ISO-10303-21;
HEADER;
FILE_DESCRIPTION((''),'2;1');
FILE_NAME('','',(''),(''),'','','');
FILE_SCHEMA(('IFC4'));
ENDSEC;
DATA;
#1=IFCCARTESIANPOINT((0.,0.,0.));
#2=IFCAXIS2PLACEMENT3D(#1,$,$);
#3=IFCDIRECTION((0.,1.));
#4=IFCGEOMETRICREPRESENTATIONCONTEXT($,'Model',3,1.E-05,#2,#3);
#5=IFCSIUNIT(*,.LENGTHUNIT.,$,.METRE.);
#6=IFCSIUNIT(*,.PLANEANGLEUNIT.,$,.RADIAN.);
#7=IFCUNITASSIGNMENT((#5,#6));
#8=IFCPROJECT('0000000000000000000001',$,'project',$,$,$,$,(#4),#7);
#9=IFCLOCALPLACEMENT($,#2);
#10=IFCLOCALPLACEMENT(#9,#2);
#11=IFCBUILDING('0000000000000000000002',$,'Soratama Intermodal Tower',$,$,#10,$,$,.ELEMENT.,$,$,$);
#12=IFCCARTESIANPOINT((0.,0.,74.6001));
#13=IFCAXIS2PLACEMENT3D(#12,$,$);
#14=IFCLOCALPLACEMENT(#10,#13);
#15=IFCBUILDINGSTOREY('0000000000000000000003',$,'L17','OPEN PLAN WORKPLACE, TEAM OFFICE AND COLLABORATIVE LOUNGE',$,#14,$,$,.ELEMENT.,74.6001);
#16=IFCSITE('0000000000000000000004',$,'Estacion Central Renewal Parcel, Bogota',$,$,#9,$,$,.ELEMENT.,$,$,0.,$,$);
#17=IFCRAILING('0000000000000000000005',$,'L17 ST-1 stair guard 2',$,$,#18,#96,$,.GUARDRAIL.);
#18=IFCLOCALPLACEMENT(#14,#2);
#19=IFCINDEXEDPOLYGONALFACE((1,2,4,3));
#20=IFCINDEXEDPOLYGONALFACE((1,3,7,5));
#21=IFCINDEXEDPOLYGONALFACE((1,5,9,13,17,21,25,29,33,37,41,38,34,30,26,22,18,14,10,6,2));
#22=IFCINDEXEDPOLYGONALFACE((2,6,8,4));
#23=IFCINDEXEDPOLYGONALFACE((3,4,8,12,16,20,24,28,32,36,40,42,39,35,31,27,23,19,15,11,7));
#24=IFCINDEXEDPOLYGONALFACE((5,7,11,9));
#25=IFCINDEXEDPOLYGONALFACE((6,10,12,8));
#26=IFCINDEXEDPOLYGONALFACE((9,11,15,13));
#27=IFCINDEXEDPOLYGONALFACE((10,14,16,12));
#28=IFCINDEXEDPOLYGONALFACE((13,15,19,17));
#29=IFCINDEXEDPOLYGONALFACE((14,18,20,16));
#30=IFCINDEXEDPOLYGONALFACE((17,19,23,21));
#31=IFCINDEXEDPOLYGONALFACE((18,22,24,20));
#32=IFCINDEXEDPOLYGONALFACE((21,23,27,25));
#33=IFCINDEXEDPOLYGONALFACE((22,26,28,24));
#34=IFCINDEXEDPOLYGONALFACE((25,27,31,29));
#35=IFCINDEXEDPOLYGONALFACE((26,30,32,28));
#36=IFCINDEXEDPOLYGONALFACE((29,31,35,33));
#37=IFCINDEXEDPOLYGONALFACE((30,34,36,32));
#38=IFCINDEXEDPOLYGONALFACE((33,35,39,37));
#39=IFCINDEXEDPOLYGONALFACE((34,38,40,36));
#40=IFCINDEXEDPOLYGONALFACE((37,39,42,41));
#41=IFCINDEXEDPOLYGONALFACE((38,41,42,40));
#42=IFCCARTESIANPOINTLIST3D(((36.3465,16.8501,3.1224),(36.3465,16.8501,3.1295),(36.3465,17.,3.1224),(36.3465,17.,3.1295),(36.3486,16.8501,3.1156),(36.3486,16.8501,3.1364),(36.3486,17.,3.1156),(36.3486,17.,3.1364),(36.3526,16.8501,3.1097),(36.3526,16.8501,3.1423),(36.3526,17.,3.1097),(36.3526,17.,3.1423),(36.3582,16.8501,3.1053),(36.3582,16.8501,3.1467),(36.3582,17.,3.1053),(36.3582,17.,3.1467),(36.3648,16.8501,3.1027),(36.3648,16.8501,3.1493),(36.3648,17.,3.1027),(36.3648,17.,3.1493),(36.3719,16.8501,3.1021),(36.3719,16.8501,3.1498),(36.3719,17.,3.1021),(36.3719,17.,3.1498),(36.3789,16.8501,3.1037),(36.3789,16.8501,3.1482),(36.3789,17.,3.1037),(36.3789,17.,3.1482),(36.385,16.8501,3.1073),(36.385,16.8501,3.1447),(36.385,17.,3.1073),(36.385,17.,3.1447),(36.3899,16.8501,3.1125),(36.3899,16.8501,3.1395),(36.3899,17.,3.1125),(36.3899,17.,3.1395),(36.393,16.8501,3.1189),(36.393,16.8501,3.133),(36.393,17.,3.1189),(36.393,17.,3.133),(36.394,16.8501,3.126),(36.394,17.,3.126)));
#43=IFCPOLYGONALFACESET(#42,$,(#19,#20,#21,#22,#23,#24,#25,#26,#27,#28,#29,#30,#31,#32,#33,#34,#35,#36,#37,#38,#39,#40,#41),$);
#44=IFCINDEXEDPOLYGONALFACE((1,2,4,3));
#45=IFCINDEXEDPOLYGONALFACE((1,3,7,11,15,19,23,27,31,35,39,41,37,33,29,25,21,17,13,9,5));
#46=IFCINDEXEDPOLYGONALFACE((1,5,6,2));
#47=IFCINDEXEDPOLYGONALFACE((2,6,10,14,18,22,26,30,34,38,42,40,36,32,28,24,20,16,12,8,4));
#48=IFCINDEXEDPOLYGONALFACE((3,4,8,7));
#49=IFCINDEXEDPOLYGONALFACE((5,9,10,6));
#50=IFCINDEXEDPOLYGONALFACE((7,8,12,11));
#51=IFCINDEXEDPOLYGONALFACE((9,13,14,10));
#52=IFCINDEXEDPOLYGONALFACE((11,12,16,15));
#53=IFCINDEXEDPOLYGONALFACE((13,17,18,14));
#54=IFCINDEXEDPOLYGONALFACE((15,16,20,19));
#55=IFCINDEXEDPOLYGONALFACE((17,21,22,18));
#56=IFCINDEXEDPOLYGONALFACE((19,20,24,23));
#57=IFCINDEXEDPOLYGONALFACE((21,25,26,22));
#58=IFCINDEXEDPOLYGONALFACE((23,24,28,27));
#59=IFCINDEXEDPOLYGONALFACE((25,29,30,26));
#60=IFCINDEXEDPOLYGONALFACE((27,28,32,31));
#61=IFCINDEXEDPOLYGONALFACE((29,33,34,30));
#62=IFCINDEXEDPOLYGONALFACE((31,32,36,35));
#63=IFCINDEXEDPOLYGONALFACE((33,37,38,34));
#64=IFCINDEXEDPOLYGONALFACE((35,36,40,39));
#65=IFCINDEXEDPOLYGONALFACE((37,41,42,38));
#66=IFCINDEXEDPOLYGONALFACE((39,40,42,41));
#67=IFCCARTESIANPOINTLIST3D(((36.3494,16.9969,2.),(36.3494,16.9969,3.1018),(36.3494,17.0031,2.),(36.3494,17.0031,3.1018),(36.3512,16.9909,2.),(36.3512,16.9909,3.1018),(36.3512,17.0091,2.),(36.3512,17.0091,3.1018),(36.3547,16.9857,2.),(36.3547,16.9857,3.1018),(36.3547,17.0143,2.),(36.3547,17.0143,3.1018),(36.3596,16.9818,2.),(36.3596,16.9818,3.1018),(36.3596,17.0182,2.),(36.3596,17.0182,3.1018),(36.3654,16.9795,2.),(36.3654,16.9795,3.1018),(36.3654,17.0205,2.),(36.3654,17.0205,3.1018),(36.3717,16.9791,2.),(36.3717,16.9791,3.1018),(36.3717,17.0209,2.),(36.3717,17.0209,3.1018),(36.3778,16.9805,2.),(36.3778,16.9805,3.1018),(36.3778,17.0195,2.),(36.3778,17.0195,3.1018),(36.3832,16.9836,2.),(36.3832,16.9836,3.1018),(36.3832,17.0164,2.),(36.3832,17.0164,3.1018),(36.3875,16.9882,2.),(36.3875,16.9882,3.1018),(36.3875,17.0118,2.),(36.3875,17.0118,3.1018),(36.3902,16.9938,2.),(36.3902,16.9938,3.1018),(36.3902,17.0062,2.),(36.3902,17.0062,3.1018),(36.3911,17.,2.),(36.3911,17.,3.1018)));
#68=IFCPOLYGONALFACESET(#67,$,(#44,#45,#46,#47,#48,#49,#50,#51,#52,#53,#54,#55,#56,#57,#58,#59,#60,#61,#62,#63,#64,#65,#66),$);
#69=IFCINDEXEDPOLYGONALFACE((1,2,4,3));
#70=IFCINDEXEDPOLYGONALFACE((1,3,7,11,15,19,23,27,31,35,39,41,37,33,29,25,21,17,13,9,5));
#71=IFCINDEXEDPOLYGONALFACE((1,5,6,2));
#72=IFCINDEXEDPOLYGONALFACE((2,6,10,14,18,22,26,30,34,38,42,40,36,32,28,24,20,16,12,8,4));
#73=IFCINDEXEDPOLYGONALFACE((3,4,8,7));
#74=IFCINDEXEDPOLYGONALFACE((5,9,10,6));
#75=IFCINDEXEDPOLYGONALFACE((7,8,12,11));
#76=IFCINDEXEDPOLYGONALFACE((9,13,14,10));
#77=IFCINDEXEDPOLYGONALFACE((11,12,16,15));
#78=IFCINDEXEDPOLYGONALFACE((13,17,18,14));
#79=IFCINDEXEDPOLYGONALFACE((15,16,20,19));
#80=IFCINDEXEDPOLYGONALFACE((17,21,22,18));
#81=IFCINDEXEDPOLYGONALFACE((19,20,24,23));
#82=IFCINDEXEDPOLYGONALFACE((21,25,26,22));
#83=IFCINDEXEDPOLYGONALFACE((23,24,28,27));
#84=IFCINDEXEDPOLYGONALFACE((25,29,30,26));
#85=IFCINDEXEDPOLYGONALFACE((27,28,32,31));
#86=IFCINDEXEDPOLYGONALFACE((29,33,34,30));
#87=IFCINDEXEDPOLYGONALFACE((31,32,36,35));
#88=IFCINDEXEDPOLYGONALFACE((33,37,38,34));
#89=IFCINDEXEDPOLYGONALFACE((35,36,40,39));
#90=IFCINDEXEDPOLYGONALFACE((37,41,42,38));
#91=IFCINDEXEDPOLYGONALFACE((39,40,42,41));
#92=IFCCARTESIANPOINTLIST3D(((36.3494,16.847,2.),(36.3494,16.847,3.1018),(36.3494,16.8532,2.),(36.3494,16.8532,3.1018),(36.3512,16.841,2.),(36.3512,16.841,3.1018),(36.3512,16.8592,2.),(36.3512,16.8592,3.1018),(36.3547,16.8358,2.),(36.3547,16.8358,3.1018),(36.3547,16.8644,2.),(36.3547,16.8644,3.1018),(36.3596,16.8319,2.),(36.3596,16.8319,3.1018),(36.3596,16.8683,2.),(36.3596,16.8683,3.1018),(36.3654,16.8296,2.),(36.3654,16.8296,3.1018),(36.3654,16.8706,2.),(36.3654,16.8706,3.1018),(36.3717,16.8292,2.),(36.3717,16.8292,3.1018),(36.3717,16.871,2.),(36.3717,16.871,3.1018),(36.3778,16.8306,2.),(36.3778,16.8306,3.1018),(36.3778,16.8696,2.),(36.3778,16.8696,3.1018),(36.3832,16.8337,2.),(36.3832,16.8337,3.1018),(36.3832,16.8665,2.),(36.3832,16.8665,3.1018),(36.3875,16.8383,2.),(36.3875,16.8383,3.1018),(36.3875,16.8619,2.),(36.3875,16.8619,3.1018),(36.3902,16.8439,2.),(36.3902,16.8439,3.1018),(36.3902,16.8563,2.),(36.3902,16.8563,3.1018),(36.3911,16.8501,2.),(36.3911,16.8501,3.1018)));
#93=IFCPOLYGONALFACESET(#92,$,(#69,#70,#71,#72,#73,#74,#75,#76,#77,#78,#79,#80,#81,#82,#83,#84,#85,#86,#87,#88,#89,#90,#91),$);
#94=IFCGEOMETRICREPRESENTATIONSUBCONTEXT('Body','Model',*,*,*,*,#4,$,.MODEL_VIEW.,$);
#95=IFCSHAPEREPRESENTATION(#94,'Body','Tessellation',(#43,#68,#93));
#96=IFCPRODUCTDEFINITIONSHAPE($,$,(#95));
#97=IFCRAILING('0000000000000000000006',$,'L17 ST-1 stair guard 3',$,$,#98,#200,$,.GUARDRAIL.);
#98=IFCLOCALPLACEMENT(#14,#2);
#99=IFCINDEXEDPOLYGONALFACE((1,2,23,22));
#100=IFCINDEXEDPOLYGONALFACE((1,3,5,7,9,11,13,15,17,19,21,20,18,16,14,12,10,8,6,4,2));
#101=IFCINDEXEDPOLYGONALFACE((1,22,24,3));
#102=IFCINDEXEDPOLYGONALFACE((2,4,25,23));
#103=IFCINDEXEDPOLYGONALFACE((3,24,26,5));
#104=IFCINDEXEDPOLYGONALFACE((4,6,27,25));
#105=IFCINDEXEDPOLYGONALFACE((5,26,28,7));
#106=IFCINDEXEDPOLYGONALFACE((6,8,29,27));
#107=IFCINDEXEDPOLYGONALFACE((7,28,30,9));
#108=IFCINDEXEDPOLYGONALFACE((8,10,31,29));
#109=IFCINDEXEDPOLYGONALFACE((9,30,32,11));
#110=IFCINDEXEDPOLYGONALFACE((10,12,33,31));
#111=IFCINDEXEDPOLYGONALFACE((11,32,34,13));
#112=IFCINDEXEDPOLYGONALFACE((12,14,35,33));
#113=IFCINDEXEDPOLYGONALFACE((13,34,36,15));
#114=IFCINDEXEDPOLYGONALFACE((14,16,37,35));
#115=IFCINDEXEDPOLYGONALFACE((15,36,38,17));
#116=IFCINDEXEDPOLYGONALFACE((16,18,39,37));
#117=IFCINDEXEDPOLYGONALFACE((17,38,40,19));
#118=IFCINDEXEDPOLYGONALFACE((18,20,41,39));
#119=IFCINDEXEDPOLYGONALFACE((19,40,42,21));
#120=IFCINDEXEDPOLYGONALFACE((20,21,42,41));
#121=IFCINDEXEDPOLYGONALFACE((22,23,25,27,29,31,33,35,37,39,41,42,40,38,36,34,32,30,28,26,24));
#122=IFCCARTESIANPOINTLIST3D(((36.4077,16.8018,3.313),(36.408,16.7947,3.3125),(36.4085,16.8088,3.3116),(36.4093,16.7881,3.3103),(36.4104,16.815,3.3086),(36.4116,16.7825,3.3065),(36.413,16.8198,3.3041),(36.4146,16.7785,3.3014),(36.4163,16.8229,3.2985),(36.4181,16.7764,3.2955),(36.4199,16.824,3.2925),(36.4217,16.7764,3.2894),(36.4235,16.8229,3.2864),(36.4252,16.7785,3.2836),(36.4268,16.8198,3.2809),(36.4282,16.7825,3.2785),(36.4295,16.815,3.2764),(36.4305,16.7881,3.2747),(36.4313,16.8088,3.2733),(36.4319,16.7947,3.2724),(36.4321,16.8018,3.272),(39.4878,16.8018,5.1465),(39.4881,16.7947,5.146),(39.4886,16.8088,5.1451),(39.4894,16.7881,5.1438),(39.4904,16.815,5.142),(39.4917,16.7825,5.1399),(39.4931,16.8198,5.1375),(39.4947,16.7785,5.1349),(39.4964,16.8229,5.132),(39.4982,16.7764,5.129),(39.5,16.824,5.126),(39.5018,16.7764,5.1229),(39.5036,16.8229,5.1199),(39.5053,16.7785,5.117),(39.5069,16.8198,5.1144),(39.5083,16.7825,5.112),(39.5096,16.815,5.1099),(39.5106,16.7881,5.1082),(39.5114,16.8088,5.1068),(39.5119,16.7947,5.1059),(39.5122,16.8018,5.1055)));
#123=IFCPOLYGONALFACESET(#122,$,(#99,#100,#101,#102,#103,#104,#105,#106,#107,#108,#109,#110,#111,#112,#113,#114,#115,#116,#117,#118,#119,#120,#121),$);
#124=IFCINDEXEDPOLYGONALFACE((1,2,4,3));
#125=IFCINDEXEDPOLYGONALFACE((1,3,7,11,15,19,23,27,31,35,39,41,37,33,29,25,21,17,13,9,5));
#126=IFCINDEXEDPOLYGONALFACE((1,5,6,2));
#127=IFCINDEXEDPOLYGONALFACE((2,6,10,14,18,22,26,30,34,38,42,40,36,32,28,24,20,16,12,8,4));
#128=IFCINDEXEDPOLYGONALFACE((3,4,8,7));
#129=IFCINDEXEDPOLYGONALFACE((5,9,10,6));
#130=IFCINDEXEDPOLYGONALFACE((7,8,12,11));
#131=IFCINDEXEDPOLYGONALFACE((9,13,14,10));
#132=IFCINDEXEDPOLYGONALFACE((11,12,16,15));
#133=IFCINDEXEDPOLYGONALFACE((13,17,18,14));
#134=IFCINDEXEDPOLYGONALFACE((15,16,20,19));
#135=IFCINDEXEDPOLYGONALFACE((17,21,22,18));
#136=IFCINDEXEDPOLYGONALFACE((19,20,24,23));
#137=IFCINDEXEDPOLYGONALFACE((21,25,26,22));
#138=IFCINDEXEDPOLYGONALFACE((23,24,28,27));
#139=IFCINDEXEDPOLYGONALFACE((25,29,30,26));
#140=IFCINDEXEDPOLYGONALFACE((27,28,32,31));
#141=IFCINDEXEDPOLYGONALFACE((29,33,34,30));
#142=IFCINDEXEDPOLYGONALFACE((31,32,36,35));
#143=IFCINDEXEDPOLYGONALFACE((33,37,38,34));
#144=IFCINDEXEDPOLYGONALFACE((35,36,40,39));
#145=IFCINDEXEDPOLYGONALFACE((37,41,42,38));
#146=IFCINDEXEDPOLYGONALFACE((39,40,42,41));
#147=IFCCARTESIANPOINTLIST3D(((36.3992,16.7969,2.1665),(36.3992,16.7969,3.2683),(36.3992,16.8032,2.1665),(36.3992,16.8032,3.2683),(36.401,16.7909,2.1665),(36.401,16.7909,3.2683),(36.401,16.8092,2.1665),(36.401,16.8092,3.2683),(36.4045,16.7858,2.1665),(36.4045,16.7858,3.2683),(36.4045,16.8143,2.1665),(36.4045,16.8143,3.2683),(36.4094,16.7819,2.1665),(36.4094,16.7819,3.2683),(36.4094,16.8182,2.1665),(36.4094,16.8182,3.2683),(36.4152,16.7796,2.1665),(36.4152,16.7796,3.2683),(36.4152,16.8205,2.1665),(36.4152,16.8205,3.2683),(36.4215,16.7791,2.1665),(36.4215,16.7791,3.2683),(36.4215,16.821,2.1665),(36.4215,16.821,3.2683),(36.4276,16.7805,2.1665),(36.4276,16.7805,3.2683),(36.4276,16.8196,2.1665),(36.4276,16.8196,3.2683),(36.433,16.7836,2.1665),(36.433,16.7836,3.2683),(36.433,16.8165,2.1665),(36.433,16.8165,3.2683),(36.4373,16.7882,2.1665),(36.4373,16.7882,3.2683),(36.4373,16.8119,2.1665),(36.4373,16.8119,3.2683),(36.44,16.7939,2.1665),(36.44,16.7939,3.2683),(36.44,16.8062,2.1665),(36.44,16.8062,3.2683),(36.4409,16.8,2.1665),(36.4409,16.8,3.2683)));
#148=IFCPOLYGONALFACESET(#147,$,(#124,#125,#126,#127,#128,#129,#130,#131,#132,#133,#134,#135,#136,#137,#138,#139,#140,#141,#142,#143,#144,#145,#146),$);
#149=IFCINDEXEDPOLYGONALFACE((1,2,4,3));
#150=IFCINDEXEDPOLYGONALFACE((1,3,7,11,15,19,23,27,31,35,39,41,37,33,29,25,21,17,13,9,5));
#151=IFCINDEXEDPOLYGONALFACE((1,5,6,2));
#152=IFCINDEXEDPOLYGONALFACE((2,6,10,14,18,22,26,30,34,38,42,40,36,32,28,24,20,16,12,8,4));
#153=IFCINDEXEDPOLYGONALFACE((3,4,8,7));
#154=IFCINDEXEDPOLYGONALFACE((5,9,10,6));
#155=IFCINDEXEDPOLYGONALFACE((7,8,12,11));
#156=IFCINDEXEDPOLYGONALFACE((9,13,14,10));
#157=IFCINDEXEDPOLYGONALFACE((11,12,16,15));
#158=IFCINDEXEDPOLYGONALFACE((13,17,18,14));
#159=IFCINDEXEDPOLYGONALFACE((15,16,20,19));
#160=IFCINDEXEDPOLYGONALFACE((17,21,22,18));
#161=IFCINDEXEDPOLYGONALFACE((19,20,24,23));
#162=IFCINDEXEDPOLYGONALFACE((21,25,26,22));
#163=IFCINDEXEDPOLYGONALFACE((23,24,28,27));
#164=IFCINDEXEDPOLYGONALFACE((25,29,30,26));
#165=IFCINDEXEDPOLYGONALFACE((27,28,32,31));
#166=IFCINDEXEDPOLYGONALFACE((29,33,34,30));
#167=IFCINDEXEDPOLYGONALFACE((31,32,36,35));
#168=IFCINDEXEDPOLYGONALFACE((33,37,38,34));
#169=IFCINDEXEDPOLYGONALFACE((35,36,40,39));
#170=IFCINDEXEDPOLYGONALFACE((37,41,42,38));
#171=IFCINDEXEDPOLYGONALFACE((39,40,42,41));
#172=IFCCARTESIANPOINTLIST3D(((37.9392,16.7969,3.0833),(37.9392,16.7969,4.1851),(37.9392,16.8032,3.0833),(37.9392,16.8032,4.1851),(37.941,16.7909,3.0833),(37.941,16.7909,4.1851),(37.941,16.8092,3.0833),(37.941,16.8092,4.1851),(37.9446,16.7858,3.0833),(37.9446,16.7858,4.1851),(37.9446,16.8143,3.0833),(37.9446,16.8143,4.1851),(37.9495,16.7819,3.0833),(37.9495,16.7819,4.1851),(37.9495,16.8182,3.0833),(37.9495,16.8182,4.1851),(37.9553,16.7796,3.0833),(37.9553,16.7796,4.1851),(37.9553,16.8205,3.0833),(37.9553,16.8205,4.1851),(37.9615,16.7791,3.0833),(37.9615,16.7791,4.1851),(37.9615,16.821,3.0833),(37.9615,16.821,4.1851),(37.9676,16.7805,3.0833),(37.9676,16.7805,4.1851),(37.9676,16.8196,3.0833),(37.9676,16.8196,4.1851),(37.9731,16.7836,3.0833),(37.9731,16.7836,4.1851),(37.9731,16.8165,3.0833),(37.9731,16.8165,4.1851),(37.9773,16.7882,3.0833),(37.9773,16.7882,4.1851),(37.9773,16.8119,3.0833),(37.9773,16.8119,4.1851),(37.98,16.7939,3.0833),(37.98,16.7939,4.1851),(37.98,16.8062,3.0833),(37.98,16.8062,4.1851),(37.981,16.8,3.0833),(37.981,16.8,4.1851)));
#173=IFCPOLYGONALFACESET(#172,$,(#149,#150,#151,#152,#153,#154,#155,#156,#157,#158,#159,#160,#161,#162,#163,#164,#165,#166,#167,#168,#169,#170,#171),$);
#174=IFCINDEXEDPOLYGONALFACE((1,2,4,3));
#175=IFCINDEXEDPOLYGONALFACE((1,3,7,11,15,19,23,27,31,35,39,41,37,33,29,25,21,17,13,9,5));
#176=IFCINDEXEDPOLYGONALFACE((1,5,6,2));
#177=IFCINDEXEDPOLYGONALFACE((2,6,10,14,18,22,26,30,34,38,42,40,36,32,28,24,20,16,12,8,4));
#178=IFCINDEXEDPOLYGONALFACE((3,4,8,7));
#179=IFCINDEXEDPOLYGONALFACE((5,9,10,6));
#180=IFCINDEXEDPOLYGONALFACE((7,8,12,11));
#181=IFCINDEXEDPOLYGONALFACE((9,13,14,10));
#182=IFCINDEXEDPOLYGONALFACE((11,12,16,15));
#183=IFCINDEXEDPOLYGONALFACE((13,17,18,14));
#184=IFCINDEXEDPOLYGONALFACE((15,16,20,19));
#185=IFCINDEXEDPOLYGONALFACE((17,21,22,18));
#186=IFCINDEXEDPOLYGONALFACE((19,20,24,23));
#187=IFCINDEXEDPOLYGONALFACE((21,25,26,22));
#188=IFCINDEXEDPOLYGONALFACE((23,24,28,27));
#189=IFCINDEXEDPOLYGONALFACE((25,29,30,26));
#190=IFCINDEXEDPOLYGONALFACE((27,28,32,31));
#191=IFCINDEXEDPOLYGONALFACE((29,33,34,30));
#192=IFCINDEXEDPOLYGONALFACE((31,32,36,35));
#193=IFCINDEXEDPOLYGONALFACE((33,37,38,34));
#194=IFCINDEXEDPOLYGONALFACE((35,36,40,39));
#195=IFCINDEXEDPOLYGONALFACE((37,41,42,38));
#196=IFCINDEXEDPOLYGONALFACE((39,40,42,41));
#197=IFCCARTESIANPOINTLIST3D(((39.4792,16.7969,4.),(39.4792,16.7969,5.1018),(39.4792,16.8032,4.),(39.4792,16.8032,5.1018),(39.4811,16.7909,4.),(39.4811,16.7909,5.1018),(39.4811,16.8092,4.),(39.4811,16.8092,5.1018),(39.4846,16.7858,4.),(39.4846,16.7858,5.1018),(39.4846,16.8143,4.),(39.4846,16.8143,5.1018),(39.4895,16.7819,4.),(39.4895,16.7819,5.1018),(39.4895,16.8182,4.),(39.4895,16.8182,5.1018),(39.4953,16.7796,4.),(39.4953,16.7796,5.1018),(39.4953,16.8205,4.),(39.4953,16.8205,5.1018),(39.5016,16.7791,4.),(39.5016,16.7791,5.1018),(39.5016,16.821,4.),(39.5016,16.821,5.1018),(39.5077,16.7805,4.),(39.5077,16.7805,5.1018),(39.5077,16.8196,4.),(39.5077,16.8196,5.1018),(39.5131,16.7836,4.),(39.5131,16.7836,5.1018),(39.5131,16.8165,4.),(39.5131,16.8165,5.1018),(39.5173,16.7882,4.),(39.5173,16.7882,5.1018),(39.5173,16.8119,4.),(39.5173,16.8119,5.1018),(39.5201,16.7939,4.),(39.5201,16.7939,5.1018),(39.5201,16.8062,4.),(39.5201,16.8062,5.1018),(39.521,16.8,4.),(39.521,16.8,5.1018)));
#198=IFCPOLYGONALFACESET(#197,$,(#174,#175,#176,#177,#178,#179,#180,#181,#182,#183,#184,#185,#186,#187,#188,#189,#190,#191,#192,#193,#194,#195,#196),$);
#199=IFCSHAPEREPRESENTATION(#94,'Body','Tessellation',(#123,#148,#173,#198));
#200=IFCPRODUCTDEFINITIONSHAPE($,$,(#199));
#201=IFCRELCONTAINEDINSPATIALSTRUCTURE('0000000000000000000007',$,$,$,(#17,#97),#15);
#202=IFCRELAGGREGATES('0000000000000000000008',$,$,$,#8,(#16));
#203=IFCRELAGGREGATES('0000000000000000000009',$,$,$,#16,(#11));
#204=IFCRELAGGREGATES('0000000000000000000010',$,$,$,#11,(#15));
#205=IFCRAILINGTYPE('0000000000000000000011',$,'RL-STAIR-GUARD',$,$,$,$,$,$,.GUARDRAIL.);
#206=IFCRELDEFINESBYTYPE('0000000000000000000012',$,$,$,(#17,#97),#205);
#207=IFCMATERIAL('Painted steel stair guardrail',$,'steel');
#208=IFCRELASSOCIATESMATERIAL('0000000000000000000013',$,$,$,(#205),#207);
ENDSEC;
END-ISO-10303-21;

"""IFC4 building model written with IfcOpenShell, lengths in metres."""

from ifc_helpers import new_model, si_unit, direction, frame, origin, origin_2d, place, context, subcontext, project, spatial, circle, extrude, material, type_object, element, save


model = new_model("IFC4")

# Units and contexts
model_context = context("Model", 3, precision=1e-05, world=origin(), true_north=direction((0.0, 1.0)))
body_context = subcontext(model_context, "Body", "Model", "MODEL_VIEW")
ifc_project = project(units=[si_unit("LENGTHUNIT", "METRE"), si_unit("PLANEANGLEUNIT", "RADIAN")], contexts=[model_context])

# Site, building, storey
site_placement = place(None, origin())
site = spatial("IfcSite", under=ifc_project, at=site_placement, Name="Estacion Central Renewal Parcel, Bogota", CompositionType="ELEMENT", RefElevation=0.0)
building_placement = place(site_placement, origin())
building = spatial("IfcBuilding", under=site, at=building_placement, Name="Soratama Intermodal Tower", CompositionType="ELEMENT")
storey_placement = place(building_placement, frame((0.0, 0.0, 74.6001)))
storey = spatial("IfcBuildingStorey", under=building, at=storey_placement, Name="L17", Description="OPEN PLAN WORKPLACE, TEAM OFFICE AND COLLABORATIVE LOUNGE", CompositionType="ELEMENT", Elevation=74.6001)

# Railings
ifc_material_1 = material(Name="Painted steel stair guardrail", Category="steel")
railing_type_1 = type_object("IfcRailingType", Name="RL-STAIR-GUARD", PredefinedType="GUARDRAIL", material=ifc_material_1)
railing_1_placement = place(storey_placement, frame((36.3701, 17.0, 2.0)))
element("IfcRailing", 1, at=railing_1_placement, inside=storey, type_object=railing_type_1, Name="L17 ST-1 stair guard 2", PredefinedType="GUARDRAIL", context=body_context, shape_type="SweptSolid", body=[
    extrude(circle(Radius=0.0239, at=origin_2d()), frame((0.0, 0.0, 1.126), z_axis=(0.0, -1.0, 0.0), x_axis=(1.0, 0.0, 0.0)), (0.0, 0.0, 1.0), 0.1499),
    extrude(circle(Radius=0.021, at=origin_2d()), origin(), (0.0, 0.0, 1.0), 1.1018),
    extrude(circle(Radius=0.021, at=origin_2d()), frame((0.0, -0.1499, 0.0)), (0.0, 0.0, 1.0), 1.1018),
])
railing_2_placement = place(storey_placement, frame((36.4199, 16.8, 2.1665)))
element("IfcRailing", 2, at=railing_2_placement, inside=storey, type_object=railing_type_1, Name="L17 ST-1 stair guard 3", PredefinedType="GUARDRAIL", context=body_context, shape_type="SweptSolid", body=[
    extrude(circle(Radius=0.0239, at=origin_2d()), frame((0.0, 0.0, 1.126), z_axis=(0.859279, 0.0, 0.511508), x_axis=(0.0, 1.0, 0.0)), (0.0, 0.0, 1.0), 3.5845),
    extrude(circle(Radius=0.021, at=origin_2d()), origin(), (0.0, 0.0, 1.0), 1.1018),
    extrude(circle(Radius=0.021, at=origin_2d()), frame((1.54, 0.0, 0.9167)), (0.0, 0.0, 1.0), 1.1018),
    extrude(circle(Radius=0.021, at=origin_2d()), frame((3.0801, 0.0, 1.8335)), (0.0, 0.0, 1.0), 1.1018),
])

save(model, "model.ifc")
